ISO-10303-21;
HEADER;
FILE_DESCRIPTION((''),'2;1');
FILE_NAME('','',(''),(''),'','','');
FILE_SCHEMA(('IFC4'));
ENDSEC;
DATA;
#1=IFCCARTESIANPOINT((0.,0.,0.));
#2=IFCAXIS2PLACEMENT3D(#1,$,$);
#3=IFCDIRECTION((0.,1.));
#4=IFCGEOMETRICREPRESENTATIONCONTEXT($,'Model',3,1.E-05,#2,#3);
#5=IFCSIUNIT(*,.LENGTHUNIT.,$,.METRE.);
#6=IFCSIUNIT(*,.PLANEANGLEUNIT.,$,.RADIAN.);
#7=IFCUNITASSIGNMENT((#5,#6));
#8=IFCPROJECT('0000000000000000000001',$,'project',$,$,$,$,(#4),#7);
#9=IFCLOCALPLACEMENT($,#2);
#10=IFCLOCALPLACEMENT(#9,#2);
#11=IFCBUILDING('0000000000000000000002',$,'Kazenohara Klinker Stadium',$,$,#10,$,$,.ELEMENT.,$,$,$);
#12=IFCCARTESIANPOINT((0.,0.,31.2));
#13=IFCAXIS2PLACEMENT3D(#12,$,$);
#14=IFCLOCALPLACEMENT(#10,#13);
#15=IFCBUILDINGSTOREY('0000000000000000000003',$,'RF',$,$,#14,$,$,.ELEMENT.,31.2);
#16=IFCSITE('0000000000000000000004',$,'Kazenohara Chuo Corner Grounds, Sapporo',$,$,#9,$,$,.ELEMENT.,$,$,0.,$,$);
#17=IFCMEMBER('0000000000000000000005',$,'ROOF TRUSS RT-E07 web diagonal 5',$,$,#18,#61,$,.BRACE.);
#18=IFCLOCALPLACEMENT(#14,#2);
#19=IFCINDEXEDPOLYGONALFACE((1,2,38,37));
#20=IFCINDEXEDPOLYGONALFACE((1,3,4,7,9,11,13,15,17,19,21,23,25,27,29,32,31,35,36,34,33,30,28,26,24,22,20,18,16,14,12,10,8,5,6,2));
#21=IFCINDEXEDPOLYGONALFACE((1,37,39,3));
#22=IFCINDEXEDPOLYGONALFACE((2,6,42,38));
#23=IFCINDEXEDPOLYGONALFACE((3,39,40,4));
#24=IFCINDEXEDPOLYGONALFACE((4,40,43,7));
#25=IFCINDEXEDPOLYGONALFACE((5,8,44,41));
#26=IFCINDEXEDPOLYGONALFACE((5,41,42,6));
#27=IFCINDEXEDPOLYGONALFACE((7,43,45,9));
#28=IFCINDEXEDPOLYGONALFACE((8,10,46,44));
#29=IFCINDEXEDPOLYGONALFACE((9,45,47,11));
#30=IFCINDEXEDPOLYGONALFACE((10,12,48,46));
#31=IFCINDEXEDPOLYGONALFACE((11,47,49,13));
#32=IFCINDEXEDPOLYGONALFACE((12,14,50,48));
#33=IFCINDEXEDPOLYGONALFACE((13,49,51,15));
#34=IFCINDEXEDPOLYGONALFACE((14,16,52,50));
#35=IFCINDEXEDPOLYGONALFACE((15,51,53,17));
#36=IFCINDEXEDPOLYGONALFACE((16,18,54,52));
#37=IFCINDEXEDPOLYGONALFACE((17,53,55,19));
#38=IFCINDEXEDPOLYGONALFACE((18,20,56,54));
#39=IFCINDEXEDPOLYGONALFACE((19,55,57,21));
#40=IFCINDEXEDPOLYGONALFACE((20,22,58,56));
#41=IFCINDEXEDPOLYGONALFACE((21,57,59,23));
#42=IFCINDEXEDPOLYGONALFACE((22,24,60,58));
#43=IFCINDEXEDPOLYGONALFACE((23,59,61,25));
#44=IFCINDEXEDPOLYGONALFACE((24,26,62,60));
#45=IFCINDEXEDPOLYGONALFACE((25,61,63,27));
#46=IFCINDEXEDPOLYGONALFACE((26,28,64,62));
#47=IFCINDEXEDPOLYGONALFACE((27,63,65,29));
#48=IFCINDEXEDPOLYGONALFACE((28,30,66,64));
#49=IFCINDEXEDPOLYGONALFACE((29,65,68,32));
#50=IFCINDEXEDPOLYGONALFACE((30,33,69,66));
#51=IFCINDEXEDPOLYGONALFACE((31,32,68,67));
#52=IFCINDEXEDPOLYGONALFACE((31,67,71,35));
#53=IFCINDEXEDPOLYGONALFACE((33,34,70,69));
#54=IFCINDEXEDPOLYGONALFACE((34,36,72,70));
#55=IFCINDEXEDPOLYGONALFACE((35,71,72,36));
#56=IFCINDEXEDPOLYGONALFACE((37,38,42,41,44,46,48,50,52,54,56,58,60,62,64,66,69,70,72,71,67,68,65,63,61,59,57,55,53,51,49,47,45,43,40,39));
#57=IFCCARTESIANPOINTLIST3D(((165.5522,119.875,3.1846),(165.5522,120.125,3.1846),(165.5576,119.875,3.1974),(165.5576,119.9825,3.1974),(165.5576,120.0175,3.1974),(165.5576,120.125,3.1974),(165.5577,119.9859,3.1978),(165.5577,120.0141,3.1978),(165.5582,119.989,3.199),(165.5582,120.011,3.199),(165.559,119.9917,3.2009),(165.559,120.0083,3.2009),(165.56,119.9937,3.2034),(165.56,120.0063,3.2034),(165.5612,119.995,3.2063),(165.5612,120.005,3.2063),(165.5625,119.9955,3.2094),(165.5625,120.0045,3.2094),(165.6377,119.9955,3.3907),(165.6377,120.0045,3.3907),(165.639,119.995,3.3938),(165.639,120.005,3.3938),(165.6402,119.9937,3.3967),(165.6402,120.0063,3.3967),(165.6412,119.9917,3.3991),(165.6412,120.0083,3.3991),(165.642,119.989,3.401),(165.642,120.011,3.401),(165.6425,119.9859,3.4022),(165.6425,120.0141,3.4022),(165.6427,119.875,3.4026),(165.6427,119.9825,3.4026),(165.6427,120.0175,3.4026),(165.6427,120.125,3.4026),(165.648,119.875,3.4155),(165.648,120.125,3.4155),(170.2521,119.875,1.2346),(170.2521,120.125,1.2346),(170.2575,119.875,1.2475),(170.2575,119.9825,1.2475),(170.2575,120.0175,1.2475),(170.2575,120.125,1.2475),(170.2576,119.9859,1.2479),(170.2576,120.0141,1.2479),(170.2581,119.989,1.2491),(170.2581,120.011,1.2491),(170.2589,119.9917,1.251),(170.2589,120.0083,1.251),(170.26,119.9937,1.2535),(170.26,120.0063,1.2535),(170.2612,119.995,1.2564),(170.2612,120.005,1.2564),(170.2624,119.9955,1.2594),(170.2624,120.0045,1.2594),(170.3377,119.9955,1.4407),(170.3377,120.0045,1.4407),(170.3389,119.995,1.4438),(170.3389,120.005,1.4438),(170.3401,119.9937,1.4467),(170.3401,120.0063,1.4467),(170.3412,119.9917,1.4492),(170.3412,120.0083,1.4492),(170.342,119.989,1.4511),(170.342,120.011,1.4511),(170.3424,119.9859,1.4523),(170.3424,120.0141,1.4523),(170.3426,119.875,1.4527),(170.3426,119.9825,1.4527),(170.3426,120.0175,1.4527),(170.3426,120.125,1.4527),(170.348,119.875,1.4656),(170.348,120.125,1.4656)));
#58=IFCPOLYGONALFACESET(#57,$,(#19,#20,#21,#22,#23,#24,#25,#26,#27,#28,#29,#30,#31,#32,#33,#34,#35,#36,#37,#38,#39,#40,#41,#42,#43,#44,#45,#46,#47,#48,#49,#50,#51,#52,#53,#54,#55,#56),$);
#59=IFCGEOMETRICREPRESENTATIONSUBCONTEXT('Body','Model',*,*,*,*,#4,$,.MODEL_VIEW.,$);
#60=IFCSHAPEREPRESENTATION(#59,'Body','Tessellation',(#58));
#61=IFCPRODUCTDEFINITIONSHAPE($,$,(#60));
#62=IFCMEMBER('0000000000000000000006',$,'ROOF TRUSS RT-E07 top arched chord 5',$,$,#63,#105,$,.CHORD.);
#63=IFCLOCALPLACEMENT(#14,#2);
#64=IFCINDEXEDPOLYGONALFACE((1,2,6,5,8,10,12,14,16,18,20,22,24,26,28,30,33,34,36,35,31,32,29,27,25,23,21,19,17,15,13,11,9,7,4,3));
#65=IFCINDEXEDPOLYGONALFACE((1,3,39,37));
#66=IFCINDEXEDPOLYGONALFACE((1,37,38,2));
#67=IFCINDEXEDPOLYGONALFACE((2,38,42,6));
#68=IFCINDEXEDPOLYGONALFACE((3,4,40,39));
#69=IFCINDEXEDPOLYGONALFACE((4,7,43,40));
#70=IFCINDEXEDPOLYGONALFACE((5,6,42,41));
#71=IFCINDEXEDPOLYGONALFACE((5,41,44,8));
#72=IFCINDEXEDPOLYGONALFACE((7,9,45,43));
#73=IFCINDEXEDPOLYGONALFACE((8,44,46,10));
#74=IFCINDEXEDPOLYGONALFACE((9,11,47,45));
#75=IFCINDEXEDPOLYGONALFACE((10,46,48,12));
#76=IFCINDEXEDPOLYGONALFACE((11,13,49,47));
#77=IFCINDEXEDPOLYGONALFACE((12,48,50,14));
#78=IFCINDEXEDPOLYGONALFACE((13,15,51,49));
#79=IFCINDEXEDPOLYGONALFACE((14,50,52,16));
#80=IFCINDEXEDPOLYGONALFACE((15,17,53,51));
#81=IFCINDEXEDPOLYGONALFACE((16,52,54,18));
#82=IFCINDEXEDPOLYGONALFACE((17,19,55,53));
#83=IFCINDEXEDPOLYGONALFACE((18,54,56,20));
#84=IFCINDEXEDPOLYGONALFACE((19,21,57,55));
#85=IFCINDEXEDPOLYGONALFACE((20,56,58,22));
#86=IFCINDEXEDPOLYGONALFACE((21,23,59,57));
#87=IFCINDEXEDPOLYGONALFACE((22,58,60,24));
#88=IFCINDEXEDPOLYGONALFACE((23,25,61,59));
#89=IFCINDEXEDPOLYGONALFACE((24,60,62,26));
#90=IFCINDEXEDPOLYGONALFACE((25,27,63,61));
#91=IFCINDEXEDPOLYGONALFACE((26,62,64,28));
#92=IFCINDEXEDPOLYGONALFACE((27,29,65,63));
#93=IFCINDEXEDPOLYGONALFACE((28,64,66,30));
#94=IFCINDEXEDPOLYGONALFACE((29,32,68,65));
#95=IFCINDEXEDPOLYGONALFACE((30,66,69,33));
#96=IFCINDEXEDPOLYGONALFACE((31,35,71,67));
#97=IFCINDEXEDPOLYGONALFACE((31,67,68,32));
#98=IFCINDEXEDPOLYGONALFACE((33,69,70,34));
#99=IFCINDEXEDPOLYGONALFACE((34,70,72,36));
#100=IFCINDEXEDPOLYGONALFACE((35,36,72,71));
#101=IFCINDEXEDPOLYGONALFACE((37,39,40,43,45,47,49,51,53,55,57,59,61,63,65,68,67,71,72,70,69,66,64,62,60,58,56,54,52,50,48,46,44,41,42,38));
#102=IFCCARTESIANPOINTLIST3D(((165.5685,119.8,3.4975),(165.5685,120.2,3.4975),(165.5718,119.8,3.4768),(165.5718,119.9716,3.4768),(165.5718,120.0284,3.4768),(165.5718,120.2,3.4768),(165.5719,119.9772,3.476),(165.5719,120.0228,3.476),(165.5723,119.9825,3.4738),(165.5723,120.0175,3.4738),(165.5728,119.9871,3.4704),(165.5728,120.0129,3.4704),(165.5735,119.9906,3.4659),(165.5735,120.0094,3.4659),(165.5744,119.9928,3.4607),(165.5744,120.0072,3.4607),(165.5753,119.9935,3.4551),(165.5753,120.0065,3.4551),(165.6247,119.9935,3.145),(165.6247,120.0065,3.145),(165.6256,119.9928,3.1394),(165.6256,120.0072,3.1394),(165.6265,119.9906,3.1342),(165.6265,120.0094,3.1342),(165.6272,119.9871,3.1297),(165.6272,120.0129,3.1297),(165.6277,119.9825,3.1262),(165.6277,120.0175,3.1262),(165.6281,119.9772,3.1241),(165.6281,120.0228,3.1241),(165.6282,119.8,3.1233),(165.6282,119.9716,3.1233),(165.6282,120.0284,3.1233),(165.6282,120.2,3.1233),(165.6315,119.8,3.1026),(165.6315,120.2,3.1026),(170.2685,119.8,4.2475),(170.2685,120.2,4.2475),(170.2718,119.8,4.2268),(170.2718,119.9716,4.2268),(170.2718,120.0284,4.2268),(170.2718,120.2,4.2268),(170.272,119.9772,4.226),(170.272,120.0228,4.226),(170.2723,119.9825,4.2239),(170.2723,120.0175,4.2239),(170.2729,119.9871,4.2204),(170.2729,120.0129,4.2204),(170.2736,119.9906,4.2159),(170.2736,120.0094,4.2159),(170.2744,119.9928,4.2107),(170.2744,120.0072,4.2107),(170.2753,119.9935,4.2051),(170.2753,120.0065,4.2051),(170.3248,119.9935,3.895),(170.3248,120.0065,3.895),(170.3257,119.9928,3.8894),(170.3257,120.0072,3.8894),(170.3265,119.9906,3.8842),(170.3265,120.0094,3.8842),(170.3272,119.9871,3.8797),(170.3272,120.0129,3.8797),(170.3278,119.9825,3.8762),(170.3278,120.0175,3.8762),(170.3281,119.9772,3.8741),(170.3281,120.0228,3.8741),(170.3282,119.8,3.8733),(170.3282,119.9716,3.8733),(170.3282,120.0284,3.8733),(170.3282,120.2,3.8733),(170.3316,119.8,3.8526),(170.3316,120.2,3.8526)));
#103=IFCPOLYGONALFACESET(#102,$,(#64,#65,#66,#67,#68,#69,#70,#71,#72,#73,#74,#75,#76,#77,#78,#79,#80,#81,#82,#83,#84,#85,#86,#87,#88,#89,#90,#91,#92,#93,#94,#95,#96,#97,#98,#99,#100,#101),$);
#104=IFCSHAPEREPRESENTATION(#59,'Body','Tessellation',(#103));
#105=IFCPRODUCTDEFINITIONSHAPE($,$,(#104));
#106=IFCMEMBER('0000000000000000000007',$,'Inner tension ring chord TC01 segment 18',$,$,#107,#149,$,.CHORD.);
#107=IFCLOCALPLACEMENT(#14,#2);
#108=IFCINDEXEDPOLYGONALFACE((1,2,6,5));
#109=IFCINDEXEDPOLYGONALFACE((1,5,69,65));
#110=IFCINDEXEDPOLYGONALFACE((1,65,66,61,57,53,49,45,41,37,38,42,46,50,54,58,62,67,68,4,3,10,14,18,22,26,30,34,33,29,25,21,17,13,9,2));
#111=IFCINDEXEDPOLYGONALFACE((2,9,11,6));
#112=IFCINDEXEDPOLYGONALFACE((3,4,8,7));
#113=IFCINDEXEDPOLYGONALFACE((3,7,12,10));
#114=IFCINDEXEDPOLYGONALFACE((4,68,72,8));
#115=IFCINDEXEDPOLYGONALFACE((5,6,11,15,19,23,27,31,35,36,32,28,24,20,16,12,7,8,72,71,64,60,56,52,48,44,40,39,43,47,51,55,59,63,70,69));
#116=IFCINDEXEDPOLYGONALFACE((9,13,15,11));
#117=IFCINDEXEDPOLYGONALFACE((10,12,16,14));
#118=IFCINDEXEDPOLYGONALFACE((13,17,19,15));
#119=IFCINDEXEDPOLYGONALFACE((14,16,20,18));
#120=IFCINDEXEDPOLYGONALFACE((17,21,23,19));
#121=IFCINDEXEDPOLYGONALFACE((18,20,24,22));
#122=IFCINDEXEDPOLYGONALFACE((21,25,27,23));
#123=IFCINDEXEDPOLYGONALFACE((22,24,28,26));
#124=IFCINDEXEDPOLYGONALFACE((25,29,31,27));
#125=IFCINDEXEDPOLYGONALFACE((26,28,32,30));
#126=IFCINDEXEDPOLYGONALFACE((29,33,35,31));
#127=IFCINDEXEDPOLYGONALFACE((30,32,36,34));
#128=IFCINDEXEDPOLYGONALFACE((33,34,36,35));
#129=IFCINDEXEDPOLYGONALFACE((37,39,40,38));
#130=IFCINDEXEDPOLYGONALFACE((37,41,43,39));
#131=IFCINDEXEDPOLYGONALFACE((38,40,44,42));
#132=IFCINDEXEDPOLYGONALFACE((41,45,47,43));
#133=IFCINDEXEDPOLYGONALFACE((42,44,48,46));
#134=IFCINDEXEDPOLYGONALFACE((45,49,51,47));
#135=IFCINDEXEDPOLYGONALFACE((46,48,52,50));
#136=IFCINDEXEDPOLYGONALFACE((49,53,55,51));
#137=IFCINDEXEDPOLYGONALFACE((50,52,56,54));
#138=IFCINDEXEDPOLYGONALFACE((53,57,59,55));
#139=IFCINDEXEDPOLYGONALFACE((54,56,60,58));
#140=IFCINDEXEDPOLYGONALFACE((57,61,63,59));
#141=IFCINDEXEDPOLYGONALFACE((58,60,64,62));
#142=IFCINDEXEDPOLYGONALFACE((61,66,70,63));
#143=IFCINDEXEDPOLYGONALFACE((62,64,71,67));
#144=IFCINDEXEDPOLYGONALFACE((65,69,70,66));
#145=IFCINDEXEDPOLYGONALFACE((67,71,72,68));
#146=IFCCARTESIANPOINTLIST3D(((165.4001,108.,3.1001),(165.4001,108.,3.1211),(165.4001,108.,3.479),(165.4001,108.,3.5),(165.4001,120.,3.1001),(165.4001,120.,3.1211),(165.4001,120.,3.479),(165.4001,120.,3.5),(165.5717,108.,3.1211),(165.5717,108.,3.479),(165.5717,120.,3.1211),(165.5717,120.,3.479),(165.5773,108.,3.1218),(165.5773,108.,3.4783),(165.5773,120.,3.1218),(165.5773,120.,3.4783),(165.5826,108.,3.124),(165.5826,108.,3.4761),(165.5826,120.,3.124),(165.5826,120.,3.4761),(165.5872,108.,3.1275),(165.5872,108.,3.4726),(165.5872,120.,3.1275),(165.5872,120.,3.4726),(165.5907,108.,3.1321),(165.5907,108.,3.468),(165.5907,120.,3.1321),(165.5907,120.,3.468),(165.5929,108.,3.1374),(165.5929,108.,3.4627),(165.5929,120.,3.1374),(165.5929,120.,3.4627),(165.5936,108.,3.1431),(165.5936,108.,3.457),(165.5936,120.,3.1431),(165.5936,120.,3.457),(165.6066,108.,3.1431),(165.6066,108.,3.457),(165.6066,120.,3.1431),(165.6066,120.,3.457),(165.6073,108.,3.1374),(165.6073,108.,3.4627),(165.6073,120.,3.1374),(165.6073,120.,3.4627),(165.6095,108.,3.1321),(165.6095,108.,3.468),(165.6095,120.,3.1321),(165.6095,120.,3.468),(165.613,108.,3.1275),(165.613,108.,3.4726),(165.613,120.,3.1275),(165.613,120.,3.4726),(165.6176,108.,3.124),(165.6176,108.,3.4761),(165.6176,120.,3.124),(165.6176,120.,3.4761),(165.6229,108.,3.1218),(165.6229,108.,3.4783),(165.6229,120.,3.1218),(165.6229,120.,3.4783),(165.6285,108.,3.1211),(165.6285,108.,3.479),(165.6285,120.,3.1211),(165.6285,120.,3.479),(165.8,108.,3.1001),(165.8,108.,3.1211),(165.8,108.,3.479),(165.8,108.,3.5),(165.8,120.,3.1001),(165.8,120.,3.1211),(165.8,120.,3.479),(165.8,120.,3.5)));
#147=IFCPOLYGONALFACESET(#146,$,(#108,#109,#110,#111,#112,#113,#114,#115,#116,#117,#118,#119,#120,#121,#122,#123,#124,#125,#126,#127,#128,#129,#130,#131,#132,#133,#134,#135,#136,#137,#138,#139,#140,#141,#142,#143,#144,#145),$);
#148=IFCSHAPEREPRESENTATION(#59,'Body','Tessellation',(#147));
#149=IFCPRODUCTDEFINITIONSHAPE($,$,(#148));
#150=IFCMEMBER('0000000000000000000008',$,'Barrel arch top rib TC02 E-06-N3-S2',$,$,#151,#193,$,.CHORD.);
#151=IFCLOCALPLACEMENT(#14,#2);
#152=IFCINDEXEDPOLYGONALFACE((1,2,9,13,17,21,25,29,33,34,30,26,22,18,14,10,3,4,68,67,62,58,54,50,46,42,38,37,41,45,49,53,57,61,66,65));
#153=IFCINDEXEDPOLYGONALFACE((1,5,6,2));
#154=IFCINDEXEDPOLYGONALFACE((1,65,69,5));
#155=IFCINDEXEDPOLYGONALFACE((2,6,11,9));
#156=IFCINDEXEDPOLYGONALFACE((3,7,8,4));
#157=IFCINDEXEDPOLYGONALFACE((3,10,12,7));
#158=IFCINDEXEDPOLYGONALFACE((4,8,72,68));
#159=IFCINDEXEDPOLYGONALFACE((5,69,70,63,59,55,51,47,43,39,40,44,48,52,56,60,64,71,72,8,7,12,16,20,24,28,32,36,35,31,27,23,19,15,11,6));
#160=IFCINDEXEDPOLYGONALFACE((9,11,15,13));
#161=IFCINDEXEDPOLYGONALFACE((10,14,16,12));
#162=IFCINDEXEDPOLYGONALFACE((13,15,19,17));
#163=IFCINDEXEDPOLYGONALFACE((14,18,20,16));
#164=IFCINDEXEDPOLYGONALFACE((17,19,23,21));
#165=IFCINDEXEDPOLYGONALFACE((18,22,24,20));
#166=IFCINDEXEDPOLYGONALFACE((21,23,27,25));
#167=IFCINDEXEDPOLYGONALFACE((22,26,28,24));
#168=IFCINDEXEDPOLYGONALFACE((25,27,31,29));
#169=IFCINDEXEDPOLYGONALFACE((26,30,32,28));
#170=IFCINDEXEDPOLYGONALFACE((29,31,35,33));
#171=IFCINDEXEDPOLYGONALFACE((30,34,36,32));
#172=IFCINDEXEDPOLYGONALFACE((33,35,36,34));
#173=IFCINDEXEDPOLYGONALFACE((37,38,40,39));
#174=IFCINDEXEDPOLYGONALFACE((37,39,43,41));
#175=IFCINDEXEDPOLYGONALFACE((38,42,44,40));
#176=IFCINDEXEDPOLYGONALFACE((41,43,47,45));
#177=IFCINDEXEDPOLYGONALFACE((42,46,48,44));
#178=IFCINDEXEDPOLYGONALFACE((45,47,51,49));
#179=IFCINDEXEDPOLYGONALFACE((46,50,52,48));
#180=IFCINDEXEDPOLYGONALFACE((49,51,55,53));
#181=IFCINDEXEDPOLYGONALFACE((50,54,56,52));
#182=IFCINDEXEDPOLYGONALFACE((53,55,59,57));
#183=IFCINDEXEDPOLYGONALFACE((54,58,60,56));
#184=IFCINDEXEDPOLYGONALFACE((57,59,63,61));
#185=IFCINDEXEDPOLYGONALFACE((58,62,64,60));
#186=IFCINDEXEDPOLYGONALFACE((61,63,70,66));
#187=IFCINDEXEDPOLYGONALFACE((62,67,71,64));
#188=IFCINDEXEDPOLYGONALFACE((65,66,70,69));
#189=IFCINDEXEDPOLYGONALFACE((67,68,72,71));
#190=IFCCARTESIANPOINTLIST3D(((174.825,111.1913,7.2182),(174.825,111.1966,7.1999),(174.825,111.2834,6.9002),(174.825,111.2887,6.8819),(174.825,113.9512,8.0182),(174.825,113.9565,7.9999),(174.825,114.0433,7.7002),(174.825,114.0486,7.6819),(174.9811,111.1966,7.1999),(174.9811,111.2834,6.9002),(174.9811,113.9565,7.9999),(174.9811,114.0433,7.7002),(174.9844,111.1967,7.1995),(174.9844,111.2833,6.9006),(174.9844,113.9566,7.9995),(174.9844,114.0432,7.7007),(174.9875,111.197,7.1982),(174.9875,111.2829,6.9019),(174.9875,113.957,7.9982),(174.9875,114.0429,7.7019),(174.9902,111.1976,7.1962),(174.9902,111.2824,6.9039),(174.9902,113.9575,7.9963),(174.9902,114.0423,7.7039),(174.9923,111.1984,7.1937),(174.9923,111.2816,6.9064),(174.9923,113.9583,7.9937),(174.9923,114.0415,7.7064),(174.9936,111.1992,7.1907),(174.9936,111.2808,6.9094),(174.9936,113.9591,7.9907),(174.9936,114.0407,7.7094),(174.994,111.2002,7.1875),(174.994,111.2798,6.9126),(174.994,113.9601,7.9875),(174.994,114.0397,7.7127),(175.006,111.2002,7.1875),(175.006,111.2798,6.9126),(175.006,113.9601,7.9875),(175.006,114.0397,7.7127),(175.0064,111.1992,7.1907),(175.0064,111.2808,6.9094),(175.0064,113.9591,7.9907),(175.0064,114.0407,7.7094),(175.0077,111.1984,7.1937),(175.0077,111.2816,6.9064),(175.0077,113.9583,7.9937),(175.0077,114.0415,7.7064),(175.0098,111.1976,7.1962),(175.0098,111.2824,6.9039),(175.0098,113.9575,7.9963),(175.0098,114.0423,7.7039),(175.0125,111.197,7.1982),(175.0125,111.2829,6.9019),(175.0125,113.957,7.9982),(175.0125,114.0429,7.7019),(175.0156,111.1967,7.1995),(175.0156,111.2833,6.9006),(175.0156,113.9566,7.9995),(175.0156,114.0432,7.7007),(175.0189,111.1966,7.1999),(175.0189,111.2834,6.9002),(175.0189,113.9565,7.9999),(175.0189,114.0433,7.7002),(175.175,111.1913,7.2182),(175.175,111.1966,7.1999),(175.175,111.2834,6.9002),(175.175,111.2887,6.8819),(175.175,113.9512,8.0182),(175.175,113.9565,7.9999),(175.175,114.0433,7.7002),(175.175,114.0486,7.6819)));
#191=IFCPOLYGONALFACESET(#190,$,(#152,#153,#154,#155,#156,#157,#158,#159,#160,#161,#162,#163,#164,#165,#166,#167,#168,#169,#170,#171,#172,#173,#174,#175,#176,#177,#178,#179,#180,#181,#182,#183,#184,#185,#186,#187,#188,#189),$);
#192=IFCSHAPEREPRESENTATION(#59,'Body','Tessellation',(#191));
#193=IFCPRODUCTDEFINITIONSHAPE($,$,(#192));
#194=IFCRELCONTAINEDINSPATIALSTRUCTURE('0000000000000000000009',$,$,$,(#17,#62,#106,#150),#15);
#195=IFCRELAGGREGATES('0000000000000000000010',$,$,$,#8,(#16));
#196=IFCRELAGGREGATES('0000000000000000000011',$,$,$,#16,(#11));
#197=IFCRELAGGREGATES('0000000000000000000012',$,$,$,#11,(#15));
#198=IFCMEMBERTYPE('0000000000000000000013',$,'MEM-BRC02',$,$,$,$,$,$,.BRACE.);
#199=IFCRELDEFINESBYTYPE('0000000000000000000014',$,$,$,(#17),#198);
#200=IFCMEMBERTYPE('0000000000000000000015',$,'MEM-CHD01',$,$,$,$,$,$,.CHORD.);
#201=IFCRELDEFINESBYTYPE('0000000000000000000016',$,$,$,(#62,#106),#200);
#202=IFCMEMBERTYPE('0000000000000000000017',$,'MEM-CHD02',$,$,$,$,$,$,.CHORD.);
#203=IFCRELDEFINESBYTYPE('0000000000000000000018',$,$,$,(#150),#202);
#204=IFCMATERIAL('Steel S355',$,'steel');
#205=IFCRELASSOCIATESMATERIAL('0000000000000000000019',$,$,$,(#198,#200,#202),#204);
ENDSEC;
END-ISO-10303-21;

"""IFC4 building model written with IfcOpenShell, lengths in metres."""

from ifc_helpers import new_model, si_unit, direction, frame, origin, origin_2d, place, context, subcontext, project, spatial, i_section, extrude, material, material_profile, profile_set, type_object, element, save


model = new_model("IFC4")

# Units and contexts
model_context = context("Model", 3, precision=1e-05, world=origin(), true_north=direction((0.0, 1.0)))
body_context = subcontext(model_context, "Body", "Model", "MODEL_VIEW")
ifc_project = project(units=[si_unit("LENGTHUNIT", "METRE"), si_unit("PLANEANGLEUNIT", "RADIAN")], contexts=[model_context])

# Site, building, storey
site_placement = place(None, origin())
site = spatial("IfcSite", under=ifc_project, at=site_placement, Name="Kazenohara Chuo Corner Grounds, Sapporo", CompositionType="ELEMENT", RefElevation=0.0)
building_placement = place(site_placement, origin())
building = spatial("IfcBuilding", under=site, at=building_placement, Name="Kazenohara Klinker Stadium", CompositionType="ELEMENT")
storey_placement = place(building_placement, frame((0.0, 0.0, 31.2)))
storey = spatial("IfcBuildingStorey", under=building, at=storey_placement, Name="RF", CompositionType="ELEMENT", Elevation=31.2)

# Members
ifc_material_1 = material(Name="Steel S355", Category="steel")
ifc_material_profile_1 = material_profile(ifc_material_1, i_section(OverallWidth=0.25, OverallDepth=0.25, WebThickness=0.009, FlangeThickness=0.0139, FilletRadius=0.0129, at=origin_2d()), Name="H-250x250x9x14")
ifc_profile_set_1 = profile_set([ifc_material_profile_1], Name="Steel S355")
member_type_1 = type_object("IfcMemberType", Name="MEM-BRC02", PredefinedType="BRACE", material=ifc_profile_set_1)
member_1_placement = place(storey_placement, frame((170.3, 120.0, 1.3501), z_axis=(-0.923659, 0.0, 0.383215), x_axis=(0.0, -1.0, 0.0)))
element("IfcMember", 1, at=member_1_placement, inside=storey, type_object=member_type_1, Name="ROOF TRUSS RT-E07 web diagonal 5", PredefinedType="BRACE", context=body_context, shape_type="SweptSolid", body=[
    extrude(i_section(OverallWidth=0.25, OverallDepth=0.25, WebThickness=0.009, FlangeThickness=0.0139, FilletRadius=0.0129, at=origin_2d()), origin(), (0.0, 0.0, 1.0), 5.0884),
])
ifc_material_profile_2 = material_profile(ifc_material_1, i_section(OverallWidth=0.3999, OverallDepth=0.3999, WebThickness=0.0129, FlangeThickness=0.021, FilletRadius=0.022, at=origin_2d()), Name="H-400x400x13x21")
ifc_profile_set_2 = profile_set([ifc_material_profile_2], Name="Steel S355")
member_type_2 = type_object("IfcMemberType", Name="MEM-CHD01", PredefinedType="CHORD", material=ifc_profile_set_2)
member_2_placement = place(storey_placement, frame((170.3, 120.0, 4.05), z_axis=(-0.987506, 0.0, -0.157582), x_axis=(0.0, -1.0, 0.0)))
element("IfcMember", 2, at=member_2_placement, inside=storey, type_object=member_type_2, Name="ROOF TRUSS RT-E07 top arched chord 5", PredefinedType="CHORD", context=body_context, shape_type="SweptSolid", body=[
    extrude(i_section(OverallWidth=0.3999, OverallDepth=0.3999, WebThickness=0.0129, FlangeThickness=0.021, FilletRadius=0.022, at=origin_2d()), origin(), (0.0, 0.0, 1.0), 4.7595),
])
member_3_placement = place(storey_placement, frame((165.6001, 120.0, 3.3), z_axis=(0.0, -1.0, 0.0), x_axis=(1.0, 0.0, 0.0)))
element("IfcMember", 3, at=member_3_placement, inside=storey, type_object=member_type_2, Name="Inner tension ring chord TC01 segment 18", PredefinedType="CHORD", context=body_context, shape_type="SweptSolid", body=[
    extrude(i_section(OverallWidth=0.3999, OverallDepth=0.3999, WebThickness=0.0129, FlangeThickness=0.021, FilletRadius=0.022, at=origin_2d()), origin(), (0.0, 0.0, 1.0), 12.0),
])
ifc_material_profile_3 = material_profile(ifc_material_1, i_section(OverallWidth=0.3501, OverallDepth=0.3501, WebThickness=0.012, FlangeThickness=0.019, FilletRadius=0.0129, at=origin_2d()), Name="H-350x350x12x19")
ifc_profile_set_3 = profile_set([ifc_material_profile_3], Name="Steel S355")
member_type_3 = type_object("IfcMemberType", Name="MEM-CHD02", PredefinedType="CHORD", material=ifc_profile_set_3)
for number, where, z_axis, x_axis, name in (
    (4, (175.0, 111.24, 7.05), (0.0, 0.960462, 0.278411), (-1.0, 0.0, 0.0), "Barrel arch top rib TC02 E-06-N3-S2"),
):
    element("IfcMember", number, at=place(storey_placement, frame(where, z_axis=z_axis, x_axis=x_axis)), inside=storey, type_object=member_type_3, Name=name, PredefinedType="CHORD", context=body_context, shape_type="SweptSolid", body=[
        extrude(i_section(OverallWidth=0.3501, OverallDepth=0.3501, WebThickness=0.012, FlangeThickness=0.019, FilletRadius=0.0129, at=origin_2d()), origin(), (0.0, 0.0, 1.0), 2.8735),
    ])

save(model, "model.ifc")
